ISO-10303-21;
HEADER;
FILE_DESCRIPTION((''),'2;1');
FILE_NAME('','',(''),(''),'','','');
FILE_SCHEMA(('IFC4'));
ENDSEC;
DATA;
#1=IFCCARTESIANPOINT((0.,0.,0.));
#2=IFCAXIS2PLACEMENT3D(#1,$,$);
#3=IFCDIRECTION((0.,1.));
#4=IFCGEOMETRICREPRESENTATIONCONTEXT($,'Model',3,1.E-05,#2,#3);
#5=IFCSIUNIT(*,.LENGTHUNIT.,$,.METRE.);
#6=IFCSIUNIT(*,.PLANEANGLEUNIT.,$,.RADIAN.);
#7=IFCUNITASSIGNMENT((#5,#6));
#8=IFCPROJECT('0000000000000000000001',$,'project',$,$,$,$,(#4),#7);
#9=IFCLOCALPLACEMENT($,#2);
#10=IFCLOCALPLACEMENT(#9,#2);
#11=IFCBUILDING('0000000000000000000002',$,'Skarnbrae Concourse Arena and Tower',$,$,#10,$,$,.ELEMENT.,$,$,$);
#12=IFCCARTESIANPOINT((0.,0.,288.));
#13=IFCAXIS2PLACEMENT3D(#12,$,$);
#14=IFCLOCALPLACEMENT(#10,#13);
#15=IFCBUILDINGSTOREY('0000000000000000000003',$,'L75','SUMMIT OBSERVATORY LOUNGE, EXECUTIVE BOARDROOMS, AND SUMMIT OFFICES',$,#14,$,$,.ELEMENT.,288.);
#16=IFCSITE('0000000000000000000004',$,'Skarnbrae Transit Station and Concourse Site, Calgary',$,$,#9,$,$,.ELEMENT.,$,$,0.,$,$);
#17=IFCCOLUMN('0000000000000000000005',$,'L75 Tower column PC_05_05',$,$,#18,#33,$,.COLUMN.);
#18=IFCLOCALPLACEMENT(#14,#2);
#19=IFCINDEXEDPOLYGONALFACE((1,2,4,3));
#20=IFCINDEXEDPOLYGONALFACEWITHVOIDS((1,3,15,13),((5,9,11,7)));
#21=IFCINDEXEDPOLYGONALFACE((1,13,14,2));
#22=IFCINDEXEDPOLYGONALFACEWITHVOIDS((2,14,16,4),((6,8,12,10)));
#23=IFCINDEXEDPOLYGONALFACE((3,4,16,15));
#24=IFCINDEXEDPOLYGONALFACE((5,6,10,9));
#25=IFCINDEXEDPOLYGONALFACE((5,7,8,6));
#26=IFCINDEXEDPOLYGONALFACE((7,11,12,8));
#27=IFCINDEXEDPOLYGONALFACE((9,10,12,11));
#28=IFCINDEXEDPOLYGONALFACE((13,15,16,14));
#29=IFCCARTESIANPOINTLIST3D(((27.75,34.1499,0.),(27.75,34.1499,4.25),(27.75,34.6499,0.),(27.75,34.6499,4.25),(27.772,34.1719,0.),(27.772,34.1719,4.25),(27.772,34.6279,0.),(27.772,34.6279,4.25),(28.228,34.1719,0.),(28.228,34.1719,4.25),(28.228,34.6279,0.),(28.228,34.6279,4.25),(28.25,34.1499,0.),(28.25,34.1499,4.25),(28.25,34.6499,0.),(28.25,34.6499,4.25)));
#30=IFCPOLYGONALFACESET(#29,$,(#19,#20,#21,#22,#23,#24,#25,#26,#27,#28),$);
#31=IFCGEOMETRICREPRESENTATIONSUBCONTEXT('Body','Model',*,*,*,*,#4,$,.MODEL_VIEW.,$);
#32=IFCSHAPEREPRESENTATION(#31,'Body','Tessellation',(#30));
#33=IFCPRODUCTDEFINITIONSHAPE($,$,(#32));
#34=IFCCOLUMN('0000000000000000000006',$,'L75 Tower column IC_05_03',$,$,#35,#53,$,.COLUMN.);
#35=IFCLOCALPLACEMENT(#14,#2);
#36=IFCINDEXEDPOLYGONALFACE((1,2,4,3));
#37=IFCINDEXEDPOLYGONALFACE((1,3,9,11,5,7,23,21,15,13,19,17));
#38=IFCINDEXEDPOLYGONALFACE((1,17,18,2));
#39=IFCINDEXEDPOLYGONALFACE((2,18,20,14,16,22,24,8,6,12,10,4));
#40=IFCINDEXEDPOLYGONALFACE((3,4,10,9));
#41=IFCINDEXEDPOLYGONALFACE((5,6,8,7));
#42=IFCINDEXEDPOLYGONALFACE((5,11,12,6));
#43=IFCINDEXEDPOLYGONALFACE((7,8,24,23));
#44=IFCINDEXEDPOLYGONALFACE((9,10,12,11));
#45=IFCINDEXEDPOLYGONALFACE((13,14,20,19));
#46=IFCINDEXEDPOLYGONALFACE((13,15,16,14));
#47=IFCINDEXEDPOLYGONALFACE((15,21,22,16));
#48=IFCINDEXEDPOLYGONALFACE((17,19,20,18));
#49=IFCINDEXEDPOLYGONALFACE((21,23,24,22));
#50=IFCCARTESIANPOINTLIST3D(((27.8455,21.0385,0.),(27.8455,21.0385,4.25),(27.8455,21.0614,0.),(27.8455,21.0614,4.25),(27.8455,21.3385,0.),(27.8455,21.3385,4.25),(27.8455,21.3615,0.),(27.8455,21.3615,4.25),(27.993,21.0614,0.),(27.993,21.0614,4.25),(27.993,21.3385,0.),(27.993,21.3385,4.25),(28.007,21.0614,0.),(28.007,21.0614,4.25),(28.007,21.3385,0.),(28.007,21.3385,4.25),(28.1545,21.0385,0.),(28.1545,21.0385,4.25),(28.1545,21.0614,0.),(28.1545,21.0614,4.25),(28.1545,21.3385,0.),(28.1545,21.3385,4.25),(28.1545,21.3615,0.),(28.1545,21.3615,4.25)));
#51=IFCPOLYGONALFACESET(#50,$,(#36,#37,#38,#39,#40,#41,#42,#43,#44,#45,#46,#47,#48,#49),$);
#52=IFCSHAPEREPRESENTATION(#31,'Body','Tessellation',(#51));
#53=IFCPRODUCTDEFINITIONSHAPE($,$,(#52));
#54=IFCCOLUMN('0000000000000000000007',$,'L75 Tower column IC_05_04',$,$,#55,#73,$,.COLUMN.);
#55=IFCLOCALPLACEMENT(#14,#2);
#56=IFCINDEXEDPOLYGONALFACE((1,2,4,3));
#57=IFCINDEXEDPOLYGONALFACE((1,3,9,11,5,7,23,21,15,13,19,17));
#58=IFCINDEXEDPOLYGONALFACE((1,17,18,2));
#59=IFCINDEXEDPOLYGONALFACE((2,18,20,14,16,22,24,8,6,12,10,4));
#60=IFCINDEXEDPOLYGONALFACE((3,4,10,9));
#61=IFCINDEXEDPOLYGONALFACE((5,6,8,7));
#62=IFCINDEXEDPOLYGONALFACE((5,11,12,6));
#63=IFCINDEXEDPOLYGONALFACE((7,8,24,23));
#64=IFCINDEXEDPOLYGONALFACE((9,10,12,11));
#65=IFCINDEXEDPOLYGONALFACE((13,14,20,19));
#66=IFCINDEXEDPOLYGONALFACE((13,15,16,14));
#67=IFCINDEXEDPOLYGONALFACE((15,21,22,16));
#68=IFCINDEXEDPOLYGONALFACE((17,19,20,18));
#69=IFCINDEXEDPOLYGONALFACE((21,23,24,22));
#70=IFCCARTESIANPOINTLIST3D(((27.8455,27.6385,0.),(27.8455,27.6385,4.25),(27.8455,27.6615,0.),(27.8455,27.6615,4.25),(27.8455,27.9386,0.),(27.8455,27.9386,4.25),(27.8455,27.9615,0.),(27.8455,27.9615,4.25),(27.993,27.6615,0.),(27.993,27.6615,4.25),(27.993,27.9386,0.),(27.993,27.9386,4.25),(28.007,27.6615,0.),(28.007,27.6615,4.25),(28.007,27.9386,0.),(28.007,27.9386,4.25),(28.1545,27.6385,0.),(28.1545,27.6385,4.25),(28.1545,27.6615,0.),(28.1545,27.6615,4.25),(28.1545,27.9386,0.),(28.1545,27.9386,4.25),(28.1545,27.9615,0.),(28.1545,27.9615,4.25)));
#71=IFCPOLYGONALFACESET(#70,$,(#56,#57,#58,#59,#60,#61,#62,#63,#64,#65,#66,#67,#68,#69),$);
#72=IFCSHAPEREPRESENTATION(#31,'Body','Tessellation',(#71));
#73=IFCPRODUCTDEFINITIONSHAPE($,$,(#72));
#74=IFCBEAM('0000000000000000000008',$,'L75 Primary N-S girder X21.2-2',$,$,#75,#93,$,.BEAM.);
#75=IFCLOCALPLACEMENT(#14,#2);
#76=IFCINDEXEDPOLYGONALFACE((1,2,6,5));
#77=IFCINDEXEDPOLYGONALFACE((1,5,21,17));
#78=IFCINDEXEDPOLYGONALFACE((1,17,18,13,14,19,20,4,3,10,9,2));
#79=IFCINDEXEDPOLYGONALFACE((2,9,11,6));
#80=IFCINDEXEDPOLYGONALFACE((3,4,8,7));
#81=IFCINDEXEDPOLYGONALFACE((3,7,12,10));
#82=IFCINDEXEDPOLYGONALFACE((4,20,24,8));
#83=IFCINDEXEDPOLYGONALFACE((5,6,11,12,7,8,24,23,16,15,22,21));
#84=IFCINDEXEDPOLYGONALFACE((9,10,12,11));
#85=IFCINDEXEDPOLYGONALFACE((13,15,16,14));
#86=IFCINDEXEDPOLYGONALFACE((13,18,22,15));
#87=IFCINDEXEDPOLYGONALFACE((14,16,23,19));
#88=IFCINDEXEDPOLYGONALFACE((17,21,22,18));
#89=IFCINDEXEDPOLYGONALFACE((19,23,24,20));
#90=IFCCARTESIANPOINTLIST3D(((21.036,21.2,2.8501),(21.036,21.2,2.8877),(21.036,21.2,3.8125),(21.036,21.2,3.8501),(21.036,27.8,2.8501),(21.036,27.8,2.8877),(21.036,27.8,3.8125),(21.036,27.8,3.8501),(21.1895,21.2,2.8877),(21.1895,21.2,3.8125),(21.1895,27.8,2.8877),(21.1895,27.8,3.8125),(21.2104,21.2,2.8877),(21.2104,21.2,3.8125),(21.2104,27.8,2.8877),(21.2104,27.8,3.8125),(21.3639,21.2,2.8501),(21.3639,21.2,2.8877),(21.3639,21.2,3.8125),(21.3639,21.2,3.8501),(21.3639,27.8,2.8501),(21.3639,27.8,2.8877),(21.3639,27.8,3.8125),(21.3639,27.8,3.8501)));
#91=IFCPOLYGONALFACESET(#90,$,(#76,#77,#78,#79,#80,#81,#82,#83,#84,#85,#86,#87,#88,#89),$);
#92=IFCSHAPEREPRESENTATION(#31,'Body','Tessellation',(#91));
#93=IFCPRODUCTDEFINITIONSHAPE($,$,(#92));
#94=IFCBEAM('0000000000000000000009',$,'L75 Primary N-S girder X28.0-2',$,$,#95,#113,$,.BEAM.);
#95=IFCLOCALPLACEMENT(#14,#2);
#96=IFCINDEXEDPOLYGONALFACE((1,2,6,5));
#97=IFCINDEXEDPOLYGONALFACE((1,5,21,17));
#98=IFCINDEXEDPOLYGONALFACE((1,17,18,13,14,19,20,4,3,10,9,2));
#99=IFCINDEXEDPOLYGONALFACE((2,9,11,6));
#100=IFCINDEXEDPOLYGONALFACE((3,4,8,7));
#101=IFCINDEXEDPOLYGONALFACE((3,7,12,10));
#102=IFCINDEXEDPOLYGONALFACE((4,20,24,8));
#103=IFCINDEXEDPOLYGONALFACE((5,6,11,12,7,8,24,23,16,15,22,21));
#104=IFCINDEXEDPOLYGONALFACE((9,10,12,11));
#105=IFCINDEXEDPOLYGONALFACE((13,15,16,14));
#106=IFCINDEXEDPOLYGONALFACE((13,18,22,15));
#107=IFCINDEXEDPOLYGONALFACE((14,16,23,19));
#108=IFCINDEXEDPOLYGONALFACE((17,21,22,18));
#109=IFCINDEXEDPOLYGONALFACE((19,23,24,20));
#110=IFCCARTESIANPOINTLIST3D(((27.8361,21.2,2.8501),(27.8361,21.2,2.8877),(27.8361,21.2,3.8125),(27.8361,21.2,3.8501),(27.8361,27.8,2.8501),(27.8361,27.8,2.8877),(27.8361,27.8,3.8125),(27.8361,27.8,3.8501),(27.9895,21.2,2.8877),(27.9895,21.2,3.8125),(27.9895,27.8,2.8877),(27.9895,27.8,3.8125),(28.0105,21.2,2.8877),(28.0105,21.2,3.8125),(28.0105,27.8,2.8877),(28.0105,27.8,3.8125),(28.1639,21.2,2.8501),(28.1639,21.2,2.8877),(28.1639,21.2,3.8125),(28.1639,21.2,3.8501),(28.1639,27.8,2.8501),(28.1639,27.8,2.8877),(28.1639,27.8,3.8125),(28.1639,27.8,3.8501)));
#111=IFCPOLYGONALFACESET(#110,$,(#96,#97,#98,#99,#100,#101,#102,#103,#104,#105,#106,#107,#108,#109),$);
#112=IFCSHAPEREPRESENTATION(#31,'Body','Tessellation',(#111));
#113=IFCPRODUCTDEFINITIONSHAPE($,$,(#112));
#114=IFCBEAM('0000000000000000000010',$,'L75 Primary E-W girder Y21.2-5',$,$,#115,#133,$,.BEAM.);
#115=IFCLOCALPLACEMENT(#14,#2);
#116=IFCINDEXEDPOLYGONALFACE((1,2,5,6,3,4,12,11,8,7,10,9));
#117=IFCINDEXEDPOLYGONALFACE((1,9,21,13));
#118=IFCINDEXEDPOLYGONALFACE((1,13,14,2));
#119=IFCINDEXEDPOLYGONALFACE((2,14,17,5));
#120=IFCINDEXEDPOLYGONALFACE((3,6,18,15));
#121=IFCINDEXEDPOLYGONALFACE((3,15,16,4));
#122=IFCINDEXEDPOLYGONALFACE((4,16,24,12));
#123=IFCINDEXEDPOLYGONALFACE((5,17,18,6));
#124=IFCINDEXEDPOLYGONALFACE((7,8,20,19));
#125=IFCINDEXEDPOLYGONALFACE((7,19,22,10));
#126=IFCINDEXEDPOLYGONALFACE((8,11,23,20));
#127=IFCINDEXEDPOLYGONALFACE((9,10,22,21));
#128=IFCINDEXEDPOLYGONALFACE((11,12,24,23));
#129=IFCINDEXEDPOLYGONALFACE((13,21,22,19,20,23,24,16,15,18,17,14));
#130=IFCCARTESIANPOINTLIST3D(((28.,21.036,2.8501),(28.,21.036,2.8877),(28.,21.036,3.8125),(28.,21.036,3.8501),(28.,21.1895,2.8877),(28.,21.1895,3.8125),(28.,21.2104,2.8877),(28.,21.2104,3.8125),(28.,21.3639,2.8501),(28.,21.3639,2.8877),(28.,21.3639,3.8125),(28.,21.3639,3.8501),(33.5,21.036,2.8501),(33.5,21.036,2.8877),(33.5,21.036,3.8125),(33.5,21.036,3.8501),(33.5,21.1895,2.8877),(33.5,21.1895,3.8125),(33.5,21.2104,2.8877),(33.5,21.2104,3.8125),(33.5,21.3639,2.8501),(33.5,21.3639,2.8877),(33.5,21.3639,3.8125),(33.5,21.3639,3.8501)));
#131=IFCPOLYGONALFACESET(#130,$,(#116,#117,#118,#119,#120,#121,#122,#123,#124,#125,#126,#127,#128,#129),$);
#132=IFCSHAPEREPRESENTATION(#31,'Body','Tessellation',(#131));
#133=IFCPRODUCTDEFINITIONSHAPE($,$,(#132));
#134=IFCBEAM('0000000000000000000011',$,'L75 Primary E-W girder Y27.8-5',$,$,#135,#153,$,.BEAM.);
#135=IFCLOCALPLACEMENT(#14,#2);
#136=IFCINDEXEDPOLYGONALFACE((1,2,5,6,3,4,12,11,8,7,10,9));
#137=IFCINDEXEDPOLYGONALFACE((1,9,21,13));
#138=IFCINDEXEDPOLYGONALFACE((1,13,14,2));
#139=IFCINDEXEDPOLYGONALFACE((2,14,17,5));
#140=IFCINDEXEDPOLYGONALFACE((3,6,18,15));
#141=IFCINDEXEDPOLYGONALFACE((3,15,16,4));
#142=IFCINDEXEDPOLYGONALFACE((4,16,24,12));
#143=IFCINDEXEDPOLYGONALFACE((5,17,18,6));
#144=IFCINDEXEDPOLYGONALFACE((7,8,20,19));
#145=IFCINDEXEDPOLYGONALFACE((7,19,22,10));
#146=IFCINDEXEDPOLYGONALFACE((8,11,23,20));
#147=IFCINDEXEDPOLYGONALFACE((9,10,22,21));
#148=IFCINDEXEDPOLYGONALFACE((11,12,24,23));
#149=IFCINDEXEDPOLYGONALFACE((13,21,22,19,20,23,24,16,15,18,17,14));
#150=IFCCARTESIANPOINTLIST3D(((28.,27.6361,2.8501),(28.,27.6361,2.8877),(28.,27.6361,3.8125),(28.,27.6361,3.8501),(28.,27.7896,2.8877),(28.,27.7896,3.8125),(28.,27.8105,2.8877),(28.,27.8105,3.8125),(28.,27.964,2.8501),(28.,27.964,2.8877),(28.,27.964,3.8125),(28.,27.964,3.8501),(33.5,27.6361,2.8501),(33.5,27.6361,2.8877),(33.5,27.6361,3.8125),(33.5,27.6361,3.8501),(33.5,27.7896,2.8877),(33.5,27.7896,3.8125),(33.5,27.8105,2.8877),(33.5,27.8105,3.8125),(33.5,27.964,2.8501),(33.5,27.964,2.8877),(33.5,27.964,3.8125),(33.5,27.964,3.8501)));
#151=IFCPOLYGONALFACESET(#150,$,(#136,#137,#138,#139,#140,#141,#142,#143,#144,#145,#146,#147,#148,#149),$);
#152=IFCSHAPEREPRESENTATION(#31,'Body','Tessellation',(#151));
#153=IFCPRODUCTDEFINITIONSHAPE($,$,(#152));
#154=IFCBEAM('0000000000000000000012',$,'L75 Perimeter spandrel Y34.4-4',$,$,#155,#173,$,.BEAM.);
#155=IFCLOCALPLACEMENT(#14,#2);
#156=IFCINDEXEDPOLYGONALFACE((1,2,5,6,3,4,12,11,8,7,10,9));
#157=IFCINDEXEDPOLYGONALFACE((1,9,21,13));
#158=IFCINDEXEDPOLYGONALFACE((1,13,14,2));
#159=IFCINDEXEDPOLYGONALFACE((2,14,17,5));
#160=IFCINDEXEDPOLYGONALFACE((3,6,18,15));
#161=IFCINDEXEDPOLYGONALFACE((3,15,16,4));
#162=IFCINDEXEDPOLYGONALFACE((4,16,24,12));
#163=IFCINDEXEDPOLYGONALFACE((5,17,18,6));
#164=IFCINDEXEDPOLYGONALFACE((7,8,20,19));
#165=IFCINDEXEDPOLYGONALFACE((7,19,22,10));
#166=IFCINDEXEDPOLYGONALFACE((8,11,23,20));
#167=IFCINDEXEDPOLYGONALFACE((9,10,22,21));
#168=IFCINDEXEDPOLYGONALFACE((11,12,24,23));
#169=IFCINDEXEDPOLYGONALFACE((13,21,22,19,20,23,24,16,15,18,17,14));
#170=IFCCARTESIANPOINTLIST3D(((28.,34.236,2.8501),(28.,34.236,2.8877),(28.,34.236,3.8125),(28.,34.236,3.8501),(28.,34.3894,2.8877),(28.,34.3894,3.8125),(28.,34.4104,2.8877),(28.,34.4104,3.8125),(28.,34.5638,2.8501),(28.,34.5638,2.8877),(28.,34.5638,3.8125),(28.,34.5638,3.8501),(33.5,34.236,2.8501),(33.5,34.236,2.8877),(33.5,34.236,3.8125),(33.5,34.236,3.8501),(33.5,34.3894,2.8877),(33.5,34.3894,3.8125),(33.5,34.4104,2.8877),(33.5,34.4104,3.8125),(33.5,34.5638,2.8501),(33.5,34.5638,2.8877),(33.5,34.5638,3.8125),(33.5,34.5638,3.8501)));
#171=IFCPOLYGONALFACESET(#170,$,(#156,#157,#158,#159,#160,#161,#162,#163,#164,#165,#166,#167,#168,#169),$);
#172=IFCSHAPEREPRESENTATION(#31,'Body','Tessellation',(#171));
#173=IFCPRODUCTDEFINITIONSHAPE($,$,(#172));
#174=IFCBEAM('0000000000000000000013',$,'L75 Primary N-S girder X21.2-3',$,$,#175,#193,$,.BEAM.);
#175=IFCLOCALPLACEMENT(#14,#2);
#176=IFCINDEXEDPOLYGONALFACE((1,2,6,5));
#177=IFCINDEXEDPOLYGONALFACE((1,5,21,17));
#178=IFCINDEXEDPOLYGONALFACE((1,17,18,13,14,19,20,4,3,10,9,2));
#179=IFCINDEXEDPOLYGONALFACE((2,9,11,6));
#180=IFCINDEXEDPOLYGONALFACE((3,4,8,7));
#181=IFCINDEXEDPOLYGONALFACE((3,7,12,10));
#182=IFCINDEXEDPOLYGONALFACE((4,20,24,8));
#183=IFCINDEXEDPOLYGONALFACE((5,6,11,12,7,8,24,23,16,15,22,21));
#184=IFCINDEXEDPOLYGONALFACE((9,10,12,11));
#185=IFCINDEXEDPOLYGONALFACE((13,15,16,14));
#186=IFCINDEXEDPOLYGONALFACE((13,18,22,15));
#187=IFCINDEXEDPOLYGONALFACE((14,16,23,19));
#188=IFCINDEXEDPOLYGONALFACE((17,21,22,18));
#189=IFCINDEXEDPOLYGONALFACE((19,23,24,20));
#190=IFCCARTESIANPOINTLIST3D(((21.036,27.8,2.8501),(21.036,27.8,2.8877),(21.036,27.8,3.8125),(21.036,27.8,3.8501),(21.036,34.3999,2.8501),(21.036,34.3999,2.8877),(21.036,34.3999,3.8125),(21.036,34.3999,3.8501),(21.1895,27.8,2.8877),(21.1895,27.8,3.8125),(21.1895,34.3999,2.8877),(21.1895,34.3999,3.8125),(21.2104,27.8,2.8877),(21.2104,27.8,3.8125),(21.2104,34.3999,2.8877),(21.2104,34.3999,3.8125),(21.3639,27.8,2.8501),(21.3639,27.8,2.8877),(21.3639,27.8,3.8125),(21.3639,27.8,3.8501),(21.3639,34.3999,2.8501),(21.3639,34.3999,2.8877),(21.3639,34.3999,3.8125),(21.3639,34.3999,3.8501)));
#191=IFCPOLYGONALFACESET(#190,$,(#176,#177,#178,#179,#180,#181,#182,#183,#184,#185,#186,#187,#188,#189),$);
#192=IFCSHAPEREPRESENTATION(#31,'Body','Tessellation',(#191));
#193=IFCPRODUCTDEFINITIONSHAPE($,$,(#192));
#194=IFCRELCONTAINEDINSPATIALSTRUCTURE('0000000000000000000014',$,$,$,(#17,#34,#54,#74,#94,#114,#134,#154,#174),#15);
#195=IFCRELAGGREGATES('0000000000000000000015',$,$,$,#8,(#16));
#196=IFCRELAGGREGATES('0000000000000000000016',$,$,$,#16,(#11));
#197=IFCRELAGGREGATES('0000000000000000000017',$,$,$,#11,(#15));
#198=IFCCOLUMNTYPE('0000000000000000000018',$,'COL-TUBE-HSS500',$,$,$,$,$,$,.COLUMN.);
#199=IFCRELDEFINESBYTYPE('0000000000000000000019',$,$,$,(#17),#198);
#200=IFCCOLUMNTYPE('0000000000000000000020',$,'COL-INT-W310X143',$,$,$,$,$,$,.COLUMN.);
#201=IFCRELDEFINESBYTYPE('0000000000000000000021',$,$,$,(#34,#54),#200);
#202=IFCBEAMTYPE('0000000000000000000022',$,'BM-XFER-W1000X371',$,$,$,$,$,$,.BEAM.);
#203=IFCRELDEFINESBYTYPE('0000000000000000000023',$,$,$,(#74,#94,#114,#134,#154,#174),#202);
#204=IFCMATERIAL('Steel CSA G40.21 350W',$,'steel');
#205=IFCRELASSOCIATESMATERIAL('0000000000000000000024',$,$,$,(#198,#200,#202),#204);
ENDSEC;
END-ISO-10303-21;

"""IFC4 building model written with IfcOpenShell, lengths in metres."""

from ifc_helpers import new_model, si_unit, direction, frame, origin, origin_2d, place, context, subcontext, project, spatial, hollow_rectangle, i_section, extrude, source, transform, mapped, material, material_profile, profile_set, type_object, element, save


model = new_model("IFC4")

# Units and contexts
model_context = context("Model", 3, precision=1e-05, world=origin(), true_north=direction((0.0, 1.0)))
body_context = subcontext(model_context, "Body", "Model", "MODEL_VIEW")
ifc_project = project(units=[si_unit("LENGTHUNIT", "METRE"), si_unit("PLANEANGLEUNIT", "RADIAN")], contexts=[model_context])

# Site, building, storey
site_placement = place(None, origin())
site = spatial("IfcSite", under=ifc_project, at=site_placement, Name="Skarnbrae Transit Station and Concourse Site, Calgary", CompositionType="ELEMENT", RefElevation=0.0)
building_placement = place(site_placement, origin())
building = spatial("IfcBuilding", under=site, at=building_placement, Name="Skarnbrae Concourse Arena and Tower", CompositionType="ELEMENT")
storey_placement = place(building_placement, frame((0.0, 0.0, 288.0)))
storey = spatial("IfcBuildingStorey", under=building, at=storey_placement, Name="L75", Description="SUMMIT OBSERVATORY LOUNGE, EXECUTIVE BOARDROOMS, AND SUMMIT OFFICES", CompositionType="ELEMENT", Elevation=288.0)

# Columns
ifc_material_1 = material(Name="Steel CSA G40.21 350W", Category="steel")
ifc_material_profile_1 = material_profile(ifc_material_1, hollow_rectangle(XDim=0.5, YDim=0.5, WallThickness=0.022, at=origin_2d()), Name="HSS500X500X22.0")
ifc_profile_set_1 = profile_set([ifc_material_profile_1], Name="Steel CSA G40.21 350W")
column_type_1 = type_object("IfcColumnType", Name="COL-TUBE-HSS500", PredefinedType="COLUMN", material=ifc_profile_set_1)
shared_shape_1 = source(origin(), body_context, "Body", "SweptSolid", [
    extrude(hollow_rectangle(XDim=0.5, YDim=0.5, WallThickness=0.022, at=origin_2d()), origin(), (0.0, 0.0, 1.0), 4.25),
])
column_placement = place(storey_placement, frame((28.0, 34.3999, 0.0), z_axis=(0.0, 0.0, 1.0), x_axis=(1.0, 0.0, 0.0)))
element("IfcColumn", 1, at=column_placement, inside=storey, type_object=column_type_1, Name="L75 Tower column PC_05_05", PredefinedType="COLUMN", context=body_context, shape_type="MappedRepresentation", body=[
    mapped(shared_shape_1, transform((0.0, 0.0, 0.0))),
])
ifc_material_profile_2 = material_profile(ifc_material_1, i_section(OverallWidth=0.3091, OverallDepth=0.323, WebThickness=0.0139, FlangeThickness=0.0229, at=origin_2d()), Name="W310X143")
ifc_profile_set_2 = profile_set([ifc_material_profile_2], Name="Steel CSA G40.21 350W")
column_type_2 = type_object("IfcColumnType", Name="COL-INT-W310X143", PredefinedType="COLUMN", material=ifc_profile_set_2)
shared_shape_2 = source(origin(), body_context, "Body", "SweptSolid", [
    extrude(i_section(OverallWidth=0.3091, OverallDepth=0.323, WebThickness=0.0139, FlangeThickness=0.0229, at=origin_2d()), origin(), (0.0, 0.0, 1.0), 4.25),
])
for number, where, z_axis, x_axis, name in (
    (2, (28.0, 21.2, 0.0), (0.0, 0.0, 1.0), (1.0, 0.0, 0.0), "L75 Tower column IC_05_03"),
    (3, (28.0, 27.8, 0.0), (0.0, 0.0, 1.0), (1.0, 0.0, 0.0), "L75 Tower column IC_05_04"),
):
    element("IfcColumn", number, at=place(storey_placement, frame(where, z_axis=z_axis, x_axis=x_axis)), inside=storey, type_object=column_type_2, Name=name, PredefinedType="COLUMN", context=body_context, shape_type="MappedRepresentation", body=[
        mapped(shared_shape_2, transform((0.0, 0.0, 0.0))),
    ])

# Beams
ifc_material_profile_3 = material_profile(ifc_material_1, i_section(OverallWidth=0.3279, OverallDepth=1.0, WebThickness=0.021, FlangeThickness=0.0376, at=origin_2d()), Name="W1000X371")
ifc_profile_set_3 = profile_set([ifc_material_profile_3], Name="Steel CSA G40.21 350W")
beam_type_1 = type_object("IfcBeamType", Name="BM-XFER-W1000X371", PredefinedType="BEAM", material=ifc_profile_set_3)
shared_shape_3 = source(origin(), body_context, "Body", "SweptSolid", [
    extrude(i_section(OverallWidth=0.3279, OverallDepth=1.0, WebThickness=0.021, FlangeThickness=0.0376, at=origin_2d()), origin(), (0.0, 0.0, 1.0), 6.6001),
])
for number, where, z_axis, x_axis, name in (
    (4, (21.2, 21.2, 3.3501), (0.0, 1.0, 0.0), (-1.0, 0.0, 0.0), "L75 Primary N-S girder X21.2-2"),
    (5, (28.0, 21.2, 3.3501), (0.0, 1.0, 0.0), (-1.0, 0.0, 0.0), "L75 Primary N-S girder X28.0-2"),
):
    element("IfcBeam", number, at=place(storey_placement, frame(where, z_axis=z_axis, x_axis=x_axis)), inside=storey, type_object=beam_type_1, Name=name, PredefinedType="BEAM", context=body_context, shape_type="MappedRepresentation", body=[
        mapped(shared_shape_3, transform((0.0, 0.0, 0.0))),
    ])
shared_shape_4 = source(origin(), body_context, "Body", "SweptSolid", [
    extrude(i_section(OverallWidth=0.3279, OverallDepth=1.0, WebThickness=0.021, FlangeThickness=0.0376, at=origin_2d()), origin(), (0.0, 0.0, 1.0), 5.5),
])
for number, where, z_axis, x_axis, name in (
    (6, (28.0, 21.2, 3.3501), (1.0, 0.0, 0.0), (0.0, 1.0, 0.0), "L75 Primary E-W girder Y21.2-5"),
    (7, (28.0, 27.8, 3.3501), (1.0, 0.0, 0.0), (0.0, 1.0, 0.0), "L75 Primary E-W girder Y27.8-5"),
    (8, (28.0, 34.3999, 3.3501), (1.0, 0.0, 0.0), (0.0, 1.0, 0.0), "L75 Perimeter spandrel Y34.4-4"),
):
    element("IfcBeam", number, at=place(storey_placement, frame(where, z_axis=z_axis, x_axis=x_axis)), inside=storey, type_object=beam_type_1, Name=name, PredefinedType="BEAM", context=body_context, shape_type="MappedRepresentation", body=[
        mapped(shared_shape_4, transform((0.0, 0.0, 0.0))),
    ])
shared_shape_5 = source(origin(), body_context, "Body", "SweptSolid", [
    extrude(i_section(OverallWidth=0.3279, OverallDepth=1.0, WebThickness=0.021, FlangeThickness=0.0376, at=origin_2d()), origin(), (0.0, 0.0, 1.0), 6.5999),
])
for number, where, z_axis, x_axis, name in (
    (9, (21.2, 27.8, 3.3501), (0.0, 1.0, 0.0), (-1.0, 0.0, 0.0), "L75 Primary N-S girder X21.2-3"),
):
    element("IfcBeam", number, at=place(storey_placement, frame(where, z_axis=z_axis, x_axis=x_axis)), inside=storey, type_object=beam_type_1, Name=name, PredefinedType="BEAM", context=body_context, shape_type="MappedRepresentation", body=[
        mapped(shared_shape_5, transform((0.0, 0.0, 0.0))),
    ])

save(model, "model.ifc")
